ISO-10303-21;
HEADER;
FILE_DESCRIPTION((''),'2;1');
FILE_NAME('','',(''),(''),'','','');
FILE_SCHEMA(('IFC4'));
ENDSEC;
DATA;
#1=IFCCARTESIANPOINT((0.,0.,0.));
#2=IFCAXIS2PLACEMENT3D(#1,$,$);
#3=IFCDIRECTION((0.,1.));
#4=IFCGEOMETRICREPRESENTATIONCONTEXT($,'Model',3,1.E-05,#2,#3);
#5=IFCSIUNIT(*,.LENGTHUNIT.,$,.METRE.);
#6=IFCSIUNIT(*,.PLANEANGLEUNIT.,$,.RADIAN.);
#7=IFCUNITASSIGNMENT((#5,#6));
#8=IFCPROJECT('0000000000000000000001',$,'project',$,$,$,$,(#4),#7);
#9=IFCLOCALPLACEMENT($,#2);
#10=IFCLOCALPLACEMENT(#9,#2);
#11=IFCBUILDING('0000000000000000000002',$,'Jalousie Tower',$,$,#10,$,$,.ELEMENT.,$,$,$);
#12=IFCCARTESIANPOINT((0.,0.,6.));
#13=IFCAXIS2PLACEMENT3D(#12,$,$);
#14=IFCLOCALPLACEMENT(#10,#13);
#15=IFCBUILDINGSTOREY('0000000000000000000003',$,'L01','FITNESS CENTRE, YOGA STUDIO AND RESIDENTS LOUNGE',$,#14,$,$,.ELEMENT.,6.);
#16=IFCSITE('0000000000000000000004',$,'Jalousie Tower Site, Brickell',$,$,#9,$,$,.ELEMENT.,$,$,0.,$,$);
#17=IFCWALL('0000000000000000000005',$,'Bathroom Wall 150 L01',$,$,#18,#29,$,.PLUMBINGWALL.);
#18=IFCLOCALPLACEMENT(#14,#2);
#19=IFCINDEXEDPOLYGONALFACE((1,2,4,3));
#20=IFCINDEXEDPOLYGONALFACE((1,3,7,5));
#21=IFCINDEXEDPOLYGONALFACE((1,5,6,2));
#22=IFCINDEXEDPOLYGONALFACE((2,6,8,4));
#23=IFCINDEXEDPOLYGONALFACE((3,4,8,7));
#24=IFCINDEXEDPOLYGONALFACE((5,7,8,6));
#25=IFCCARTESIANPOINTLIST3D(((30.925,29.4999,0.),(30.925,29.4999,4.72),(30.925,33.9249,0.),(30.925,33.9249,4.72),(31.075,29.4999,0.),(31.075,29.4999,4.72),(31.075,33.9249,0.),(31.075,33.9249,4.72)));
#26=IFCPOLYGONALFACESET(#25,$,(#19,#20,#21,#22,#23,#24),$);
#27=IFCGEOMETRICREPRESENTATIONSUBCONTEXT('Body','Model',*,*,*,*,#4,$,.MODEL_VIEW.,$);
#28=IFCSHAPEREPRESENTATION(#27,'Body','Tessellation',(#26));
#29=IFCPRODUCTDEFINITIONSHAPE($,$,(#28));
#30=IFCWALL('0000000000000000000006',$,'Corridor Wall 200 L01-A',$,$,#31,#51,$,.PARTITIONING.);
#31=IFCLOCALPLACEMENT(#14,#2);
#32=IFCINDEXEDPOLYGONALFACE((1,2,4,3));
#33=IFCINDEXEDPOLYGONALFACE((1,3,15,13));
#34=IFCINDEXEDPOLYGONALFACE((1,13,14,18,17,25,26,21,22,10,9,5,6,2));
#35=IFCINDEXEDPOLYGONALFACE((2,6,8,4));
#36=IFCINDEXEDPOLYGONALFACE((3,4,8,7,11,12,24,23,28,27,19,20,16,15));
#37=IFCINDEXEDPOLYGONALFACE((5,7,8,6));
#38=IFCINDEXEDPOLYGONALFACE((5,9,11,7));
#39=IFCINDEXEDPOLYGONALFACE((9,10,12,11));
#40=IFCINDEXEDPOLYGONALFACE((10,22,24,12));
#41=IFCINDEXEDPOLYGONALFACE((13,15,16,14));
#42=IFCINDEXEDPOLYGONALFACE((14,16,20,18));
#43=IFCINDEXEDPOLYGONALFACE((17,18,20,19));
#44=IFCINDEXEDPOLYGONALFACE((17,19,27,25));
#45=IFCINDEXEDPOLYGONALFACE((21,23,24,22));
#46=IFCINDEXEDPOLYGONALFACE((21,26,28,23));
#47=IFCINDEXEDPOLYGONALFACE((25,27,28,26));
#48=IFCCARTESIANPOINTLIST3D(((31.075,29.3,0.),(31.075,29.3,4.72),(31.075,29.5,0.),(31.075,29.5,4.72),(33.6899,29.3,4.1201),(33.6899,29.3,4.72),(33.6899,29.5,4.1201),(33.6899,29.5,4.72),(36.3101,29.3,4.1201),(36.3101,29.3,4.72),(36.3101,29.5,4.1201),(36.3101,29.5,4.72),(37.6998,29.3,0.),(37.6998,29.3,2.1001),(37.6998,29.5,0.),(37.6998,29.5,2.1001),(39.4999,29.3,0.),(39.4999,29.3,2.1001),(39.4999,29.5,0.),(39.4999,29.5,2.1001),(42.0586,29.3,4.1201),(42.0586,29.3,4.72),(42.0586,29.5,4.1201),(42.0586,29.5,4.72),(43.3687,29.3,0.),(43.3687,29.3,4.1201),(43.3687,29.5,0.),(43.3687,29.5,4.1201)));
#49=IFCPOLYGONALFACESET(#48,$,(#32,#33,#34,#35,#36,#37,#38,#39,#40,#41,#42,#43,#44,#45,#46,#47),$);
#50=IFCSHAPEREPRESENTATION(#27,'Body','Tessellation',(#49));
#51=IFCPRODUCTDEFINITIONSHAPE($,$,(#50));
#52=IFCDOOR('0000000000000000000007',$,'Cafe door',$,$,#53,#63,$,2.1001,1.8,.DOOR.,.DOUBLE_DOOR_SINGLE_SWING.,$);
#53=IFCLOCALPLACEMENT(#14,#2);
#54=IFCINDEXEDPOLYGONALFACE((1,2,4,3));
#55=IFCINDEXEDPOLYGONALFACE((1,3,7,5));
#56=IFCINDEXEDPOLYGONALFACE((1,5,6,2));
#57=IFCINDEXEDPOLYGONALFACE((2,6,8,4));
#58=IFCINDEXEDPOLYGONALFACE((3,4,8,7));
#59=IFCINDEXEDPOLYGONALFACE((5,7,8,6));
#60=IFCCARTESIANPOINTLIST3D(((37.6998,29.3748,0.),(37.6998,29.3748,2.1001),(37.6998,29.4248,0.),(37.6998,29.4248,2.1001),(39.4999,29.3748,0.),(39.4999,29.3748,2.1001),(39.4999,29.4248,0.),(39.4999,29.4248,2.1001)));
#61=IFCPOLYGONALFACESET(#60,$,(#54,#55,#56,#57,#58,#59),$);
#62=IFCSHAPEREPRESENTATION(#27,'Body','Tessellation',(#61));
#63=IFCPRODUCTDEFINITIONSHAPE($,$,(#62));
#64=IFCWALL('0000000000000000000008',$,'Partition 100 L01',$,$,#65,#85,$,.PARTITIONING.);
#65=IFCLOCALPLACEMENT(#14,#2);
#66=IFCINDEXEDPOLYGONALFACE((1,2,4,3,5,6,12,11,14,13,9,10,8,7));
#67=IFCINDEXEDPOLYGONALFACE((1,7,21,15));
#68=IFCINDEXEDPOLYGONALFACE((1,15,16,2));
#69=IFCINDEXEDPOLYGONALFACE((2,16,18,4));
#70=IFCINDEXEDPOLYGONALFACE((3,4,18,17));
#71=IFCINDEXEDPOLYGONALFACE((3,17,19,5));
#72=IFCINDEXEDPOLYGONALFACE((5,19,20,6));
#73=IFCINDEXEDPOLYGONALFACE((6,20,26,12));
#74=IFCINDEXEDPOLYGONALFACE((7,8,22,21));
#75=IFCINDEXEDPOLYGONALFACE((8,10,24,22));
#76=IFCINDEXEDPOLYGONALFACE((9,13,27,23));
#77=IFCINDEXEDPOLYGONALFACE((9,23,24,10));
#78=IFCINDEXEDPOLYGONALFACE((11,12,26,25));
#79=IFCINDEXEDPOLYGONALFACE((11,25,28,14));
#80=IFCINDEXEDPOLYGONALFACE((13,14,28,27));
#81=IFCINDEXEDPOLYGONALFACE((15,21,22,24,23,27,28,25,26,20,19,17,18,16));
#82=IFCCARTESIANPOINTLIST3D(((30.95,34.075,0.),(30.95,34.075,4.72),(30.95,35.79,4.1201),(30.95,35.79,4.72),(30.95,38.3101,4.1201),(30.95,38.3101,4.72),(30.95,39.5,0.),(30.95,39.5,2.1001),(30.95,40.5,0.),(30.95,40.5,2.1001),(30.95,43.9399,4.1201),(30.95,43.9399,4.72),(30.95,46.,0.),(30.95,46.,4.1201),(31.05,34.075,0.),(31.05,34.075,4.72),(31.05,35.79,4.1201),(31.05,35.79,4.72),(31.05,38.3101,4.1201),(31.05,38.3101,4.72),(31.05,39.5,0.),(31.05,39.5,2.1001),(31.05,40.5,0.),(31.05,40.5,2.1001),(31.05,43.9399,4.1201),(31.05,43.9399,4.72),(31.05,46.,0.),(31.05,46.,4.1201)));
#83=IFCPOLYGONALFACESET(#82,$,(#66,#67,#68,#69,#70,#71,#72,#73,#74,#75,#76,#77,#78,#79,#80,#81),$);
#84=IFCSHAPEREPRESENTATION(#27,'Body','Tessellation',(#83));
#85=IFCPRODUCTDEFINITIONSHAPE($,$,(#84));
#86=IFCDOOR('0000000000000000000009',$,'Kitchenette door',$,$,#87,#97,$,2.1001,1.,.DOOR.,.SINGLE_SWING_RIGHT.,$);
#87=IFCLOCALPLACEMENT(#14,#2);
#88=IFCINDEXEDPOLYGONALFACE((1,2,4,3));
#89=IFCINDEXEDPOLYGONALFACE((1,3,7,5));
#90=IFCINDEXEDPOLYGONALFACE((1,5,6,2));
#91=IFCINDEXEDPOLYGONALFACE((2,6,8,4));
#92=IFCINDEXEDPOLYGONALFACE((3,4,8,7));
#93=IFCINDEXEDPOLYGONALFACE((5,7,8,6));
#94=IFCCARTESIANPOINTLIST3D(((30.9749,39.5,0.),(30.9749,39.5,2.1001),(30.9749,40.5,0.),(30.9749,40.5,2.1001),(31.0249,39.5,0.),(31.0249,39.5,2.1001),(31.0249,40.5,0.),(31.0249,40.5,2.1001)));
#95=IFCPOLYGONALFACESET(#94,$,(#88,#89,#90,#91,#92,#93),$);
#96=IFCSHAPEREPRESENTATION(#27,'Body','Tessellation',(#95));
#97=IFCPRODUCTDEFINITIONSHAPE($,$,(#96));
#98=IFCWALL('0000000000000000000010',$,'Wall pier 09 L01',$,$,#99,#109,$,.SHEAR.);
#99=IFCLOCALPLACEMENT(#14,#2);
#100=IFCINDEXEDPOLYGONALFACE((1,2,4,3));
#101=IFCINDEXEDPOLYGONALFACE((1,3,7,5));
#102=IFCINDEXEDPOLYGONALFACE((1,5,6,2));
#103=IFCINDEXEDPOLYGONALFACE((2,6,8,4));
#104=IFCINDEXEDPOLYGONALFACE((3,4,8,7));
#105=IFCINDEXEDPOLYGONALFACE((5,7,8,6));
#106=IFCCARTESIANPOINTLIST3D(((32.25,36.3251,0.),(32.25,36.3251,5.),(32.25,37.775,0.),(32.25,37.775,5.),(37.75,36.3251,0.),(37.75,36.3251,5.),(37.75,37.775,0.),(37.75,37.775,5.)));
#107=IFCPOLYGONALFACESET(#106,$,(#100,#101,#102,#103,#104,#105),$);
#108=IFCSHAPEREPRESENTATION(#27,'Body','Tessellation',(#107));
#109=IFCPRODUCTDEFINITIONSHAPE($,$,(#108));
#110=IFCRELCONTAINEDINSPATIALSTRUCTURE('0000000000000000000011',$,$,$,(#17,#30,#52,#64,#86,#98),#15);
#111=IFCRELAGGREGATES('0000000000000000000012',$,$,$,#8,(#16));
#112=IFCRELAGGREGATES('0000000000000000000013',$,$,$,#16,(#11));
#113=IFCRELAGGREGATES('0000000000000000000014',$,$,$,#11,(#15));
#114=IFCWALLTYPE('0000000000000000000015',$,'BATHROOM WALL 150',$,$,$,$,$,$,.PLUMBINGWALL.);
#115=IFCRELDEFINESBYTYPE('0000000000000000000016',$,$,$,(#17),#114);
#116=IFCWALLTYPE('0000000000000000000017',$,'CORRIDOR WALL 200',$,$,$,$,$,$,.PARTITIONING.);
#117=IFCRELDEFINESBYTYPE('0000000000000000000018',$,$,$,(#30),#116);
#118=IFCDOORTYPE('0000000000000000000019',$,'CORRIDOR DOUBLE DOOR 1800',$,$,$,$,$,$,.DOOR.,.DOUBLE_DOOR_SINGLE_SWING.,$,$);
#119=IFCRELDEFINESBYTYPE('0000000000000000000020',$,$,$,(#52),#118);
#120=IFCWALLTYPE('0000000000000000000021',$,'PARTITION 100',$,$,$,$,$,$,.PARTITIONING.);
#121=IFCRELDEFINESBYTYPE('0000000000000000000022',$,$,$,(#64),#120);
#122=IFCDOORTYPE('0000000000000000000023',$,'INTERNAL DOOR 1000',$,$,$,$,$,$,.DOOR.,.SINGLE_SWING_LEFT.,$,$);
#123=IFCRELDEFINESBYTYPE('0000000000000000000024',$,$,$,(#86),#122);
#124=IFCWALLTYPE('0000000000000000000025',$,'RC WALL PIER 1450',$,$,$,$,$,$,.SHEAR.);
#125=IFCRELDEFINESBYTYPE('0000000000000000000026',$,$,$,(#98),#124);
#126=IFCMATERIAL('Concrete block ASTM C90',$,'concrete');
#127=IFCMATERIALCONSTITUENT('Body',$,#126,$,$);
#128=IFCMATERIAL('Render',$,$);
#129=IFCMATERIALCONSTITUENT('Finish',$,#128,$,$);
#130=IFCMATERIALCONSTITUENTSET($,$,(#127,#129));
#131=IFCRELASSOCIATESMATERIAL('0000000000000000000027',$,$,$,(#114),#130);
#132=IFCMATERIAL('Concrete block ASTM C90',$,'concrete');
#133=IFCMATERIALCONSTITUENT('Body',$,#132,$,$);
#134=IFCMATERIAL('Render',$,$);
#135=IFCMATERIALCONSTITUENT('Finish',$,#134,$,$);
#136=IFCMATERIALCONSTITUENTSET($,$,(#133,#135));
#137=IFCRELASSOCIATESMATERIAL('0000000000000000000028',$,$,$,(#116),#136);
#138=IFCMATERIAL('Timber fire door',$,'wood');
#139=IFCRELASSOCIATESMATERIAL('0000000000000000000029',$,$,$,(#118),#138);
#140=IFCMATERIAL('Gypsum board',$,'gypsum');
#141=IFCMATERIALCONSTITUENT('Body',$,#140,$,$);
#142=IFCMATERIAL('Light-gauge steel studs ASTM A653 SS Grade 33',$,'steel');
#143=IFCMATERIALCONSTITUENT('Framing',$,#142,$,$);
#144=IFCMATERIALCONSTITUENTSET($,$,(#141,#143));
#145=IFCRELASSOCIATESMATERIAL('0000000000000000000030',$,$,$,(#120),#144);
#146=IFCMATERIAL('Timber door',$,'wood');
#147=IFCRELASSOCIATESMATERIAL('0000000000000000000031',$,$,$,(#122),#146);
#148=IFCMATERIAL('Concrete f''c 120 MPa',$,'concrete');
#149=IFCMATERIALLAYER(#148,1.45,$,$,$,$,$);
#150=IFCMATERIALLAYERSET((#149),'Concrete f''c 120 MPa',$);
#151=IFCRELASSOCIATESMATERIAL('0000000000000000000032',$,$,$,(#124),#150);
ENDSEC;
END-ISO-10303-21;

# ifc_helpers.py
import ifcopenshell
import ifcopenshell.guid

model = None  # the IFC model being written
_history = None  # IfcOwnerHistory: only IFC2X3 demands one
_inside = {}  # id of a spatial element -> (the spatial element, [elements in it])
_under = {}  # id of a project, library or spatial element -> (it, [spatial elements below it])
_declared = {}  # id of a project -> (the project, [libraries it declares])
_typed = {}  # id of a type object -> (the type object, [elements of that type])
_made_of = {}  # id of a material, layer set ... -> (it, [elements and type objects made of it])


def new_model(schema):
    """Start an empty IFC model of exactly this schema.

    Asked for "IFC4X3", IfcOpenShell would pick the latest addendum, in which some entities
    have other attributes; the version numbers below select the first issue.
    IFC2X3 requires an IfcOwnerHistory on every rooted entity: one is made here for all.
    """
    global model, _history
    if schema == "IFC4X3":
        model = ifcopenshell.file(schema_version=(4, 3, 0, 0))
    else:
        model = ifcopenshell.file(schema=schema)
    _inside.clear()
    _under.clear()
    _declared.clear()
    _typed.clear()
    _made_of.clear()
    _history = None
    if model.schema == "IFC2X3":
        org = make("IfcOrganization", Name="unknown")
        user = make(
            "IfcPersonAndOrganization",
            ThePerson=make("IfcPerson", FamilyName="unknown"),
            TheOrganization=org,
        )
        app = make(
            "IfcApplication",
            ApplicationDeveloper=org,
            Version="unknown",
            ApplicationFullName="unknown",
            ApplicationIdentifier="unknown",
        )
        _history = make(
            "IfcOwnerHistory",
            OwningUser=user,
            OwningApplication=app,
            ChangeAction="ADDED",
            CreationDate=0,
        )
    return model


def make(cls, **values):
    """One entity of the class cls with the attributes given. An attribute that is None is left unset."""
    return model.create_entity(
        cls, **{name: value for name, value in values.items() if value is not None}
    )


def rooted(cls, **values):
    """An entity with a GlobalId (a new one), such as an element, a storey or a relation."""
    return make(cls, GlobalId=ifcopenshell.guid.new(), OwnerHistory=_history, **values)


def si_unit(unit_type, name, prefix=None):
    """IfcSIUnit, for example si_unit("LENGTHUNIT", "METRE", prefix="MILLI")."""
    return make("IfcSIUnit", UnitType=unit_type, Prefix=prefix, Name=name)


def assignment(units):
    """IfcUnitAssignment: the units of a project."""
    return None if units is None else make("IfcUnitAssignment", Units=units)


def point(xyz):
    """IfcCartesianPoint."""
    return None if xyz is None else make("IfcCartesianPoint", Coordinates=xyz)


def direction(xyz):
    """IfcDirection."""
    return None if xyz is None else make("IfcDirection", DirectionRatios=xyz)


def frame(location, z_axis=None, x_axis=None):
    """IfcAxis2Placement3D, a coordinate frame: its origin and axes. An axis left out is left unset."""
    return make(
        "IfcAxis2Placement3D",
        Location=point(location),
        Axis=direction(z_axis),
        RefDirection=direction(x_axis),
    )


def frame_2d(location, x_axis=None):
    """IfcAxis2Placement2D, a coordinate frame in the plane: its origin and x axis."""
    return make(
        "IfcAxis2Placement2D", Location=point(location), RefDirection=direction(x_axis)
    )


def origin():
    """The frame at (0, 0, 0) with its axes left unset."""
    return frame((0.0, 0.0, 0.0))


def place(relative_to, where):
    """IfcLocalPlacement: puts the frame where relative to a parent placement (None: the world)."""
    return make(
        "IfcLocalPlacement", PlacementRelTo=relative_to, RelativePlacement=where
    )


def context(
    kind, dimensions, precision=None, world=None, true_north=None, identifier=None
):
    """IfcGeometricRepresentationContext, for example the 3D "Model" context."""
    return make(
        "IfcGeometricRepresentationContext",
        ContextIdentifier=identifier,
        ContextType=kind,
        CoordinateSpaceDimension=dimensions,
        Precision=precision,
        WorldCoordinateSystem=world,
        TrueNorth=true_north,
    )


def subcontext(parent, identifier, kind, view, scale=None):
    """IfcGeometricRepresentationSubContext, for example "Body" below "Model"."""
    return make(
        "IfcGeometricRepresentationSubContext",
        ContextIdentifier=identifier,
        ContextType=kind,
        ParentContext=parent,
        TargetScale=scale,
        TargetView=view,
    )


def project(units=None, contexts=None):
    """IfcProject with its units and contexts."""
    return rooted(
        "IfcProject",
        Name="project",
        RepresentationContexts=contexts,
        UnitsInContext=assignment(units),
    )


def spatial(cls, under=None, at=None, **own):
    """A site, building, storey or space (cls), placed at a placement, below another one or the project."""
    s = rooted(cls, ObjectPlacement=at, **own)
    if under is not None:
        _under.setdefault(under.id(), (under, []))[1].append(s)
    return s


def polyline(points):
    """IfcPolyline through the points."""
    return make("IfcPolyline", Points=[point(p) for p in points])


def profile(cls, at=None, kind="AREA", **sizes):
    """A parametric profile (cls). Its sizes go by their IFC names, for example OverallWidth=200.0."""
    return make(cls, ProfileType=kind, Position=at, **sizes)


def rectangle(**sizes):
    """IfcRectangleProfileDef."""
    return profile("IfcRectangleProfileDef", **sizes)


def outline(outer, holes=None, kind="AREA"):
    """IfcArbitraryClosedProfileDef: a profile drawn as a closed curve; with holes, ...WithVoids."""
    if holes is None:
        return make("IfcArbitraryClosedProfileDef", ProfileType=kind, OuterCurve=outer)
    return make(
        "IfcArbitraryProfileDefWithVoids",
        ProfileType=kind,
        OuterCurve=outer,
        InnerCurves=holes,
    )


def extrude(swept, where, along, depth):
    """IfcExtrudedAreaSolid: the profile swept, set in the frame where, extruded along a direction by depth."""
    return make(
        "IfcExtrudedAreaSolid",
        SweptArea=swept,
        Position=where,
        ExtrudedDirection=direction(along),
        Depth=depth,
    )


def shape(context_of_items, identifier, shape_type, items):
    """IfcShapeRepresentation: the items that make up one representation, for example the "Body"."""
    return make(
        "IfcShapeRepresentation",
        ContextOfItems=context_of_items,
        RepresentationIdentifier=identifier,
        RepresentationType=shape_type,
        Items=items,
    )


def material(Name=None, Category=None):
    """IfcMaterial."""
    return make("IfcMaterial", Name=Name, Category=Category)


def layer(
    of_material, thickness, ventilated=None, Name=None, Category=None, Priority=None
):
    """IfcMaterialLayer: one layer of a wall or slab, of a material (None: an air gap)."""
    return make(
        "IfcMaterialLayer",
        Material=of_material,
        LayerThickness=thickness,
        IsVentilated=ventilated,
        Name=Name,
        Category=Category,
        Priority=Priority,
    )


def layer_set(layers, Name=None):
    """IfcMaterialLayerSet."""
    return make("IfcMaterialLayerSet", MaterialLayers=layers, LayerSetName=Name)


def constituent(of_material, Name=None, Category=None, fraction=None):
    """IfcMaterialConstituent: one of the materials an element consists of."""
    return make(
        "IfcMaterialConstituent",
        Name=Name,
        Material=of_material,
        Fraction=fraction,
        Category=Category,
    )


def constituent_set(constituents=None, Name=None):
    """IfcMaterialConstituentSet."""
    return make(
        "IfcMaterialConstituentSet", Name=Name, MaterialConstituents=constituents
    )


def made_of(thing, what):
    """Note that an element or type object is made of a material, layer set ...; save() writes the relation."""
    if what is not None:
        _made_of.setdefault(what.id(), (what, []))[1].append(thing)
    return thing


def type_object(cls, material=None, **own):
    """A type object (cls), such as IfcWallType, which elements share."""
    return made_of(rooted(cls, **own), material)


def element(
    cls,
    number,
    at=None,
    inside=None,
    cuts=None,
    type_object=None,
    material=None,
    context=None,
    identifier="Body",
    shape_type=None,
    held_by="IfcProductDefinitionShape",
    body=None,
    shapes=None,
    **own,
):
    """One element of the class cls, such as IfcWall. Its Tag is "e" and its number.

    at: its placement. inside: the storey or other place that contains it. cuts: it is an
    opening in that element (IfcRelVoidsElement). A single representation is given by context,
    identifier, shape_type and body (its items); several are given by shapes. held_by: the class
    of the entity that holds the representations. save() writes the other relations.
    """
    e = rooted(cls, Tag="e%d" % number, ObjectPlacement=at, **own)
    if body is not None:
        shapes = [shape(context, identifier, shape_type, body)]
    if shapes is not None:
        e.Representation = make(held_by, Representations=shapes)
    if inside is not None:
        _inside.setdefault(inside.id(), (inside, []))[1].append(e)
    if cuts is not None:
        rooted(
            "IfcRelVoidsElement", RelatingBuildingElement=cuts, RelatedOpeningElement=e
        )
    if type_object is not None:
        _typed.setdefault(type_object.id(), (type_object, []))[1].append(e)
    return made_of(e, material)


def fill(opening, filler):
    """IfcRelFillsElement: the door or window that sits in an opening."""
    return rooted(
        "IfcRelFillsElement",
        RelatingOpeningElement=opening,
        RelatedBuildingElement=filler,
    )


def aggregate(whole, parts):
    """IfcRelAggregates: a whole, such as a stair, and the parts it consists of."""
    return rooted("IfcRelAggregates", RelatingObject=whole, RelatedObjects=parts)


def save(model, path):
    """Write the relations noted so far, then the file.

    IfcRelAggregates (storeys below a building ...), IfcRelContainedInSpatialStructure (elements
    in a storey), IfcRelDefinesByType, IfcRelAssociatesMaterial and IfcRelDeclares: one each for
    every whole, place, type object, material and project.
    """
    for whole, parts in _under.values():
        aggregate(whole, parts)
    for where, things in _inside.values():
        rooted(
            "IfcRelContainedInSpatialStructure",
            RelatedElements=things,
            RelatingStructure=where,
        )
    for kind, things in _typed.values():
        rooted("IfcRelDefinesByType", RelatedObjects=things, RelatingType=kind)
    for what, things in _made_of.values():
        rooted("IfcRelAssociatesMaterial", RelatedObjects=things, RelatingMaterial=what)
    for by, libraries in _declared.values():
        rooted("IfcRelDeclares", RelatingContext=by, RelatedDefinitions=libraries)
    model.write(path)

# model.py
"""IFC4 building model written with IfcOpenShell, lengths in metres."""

from ifc_helpers import new_model, si_unit, direction, frame, frame_2d, origin, place, context, subcontext, project, spatial, polyline, rectangle, outline, extrude, material, layer, layer_set, constituent, constituent_set, type_object, element, fill, save


model = new_model("IFC4")

# Units and contexts
model_context = context("Model", 3, precision=1e-05, world=origin(), true_north=direction((0.0, 1.0)))
body_context = subcontext(model_context, "Body", "Model", "MODEL_VIEW")
ifc_project = project(units=[si_unit("LENGTHUNIT", "METRE"), si_unit("PLANEANGLEUNIT", "RADIAN")], contexts=[model_context])

# Site, building, storey
site_placement = place(None, origin())
site = spatial("IfcSite", under=ifc_project, at=site_placement, Name="Jalousie Tower Site, Brickell", CompositionType="ELEMENT", RefElevation=0.0)
building_placement = place(site_placement, origin())
building = spatial("IfcBuilding", under=site, at=building_placement, Name="Jalousie Tower", CompositionType="ELEMENT")
storey_placement = place(building_placement, frame((0.0, 0.0, 6.0)))
storey = spatial("IfcBuildingStorey", under=building, at=storey_placement, Name="L01", Description="FITNESS CENTRE, YOGA STUDIO AND RESIDENTS LOUNGE", CompositionType="ELEMENT", Elevation=6.0)

# Wall
ifc_material_1 = material(Name="Concrete block ASTM C90", Category="concrete")
ifc_constituent_1 = constituent(ifc_material_1, Name="Body")
ifc_material_2 = material(Name="Render")
ifc_constituent_2 = constituent(ifc_material_2, Name="Finish")
ifc_constituent_set_1 = constituent_set(constituents=[ifc_constituent_1, ifc_constituent_2])
wall_type_1 = type_object("IfcWallType", Name="BATHROOM WALL 150", PredefinedType="PLUMBINGWALL", material=ifc_constituent_set_1)
wall_1_placement = place(storey_placement, frame((31.0, 29.5, 0.0), z_axis=(0.0, 0.0, 1.0), x_axis=(0.0, 1.0, 0.0)))
element("IfcWall", 1, at=wall_1_placement, inside=storey, type_object=wall_type_1, Name="Bathroom Wall 150 L01", PredefinedType="PLUMBINGWALL", context=body_context, shape_type="SweptSolid", body=[
    extrude(rectangle(XDim=4.425, YDim=0.1499, at=frame_2d((2.2124, 0.0))), origin(), (0.0, 0.0, 1.0), 4.72),
])

# Walls, openings, doors
ifc_material_3 = material(Name="Concrete block ASTM C90", Category="concrete")
ifc_constituent_3 = constituent(ifc_material_3, Name="Body")
ifc_material_4 = material(Name="Render")
ifc_constituent_4 = constituent(ifc_material_4, Name="Finish")
ifc_constituent_set_2 = constituent_set(constituents=[ifc_constituent_3, ifc_constituent_4])
wall_type_2 = type_object("IfcWallType", Name="CORRIDOR WALL 200", PredefinedType="PARTITIONING", material=ifc_constituent_set_2)
wall_2_placement = place(storey_placement, frame((31.075, 29.3999, 0.0), z_axis=(0.0, 0.0, 1.0), x_axis=(1.0, 0.0, 0.0)))
wall_2 = element("IfcWall", 2, at=wall_2_placement, inside=storey, type_object=wall_type_2, Name="Corridor Wall 200 L01-A", PredefinedType="PARTITIONING", context=body_context, shape_type="SweptSolid", body=[
    extrude(outline(polyline([(0.0, 0.0), (12.2937, 0.0), (12.2937, 4.1201), (10.9836, 4.1201), (10.9836, 4.72), (5.2351, 4.72), (5.2351, 4.1201), (2.615, 4.1201), (2.615, 4.72), (0.0, 4.72), (0.0, 0.0)])), frame((0.0, 0.1001, 0.0), z_axis=(0.0, -1.0, 0.0), x_axis=(1.0, 0.0, 0.0)), (0.0, 0.0, 1.0), 0.2),
])
opening_1_placement = place(wall_2_placement, frame((6.625, 0.0, 0.0)))
opening_1 = element("IfcOpeningElement", 3, at=opening_1_placement, cuts=wall_2, PredefinedType="OPENING", context=body_context, shape_type="SweptSolid", body=[
    extrude(rectangle(XDim=1.8, YDim=2.1001, at=frame_2d((0.8999, 1.05))), frame((0.0, 0.1099, 0.0), z_axis=(0.0, -1.0, 0.0), x_axis=(1.0, 0.0, 0.0)), (0.0, 0.0, 1.0), 0.22),
])
ifc_material_5 = material(Name="Timber fire door", Category="wood")
door_type_1 = type_object("IfcDoorType", Name="CORRIDOR DOUBLE DOOR 1800", OperationType="DOUBLE_DOOR_SINGLE_SWING", PredefinedType="DOOR", material=ifc_material_5)
door_1_placement = place(opening_1_placement, origin())
door_1 = element("IfcDoor", 4, at=door_1_placement, inside=storey, type_object=door_type_1, Name="Cafe door", OperationType="DOUBLE_DOOR_SINGLE_SWING", OverallHeight=2.1001, OverallWidth=1.8, PredefinedType="DOOR", context=body_context, shape_type="SweptSolid", body=[
    extrude(rectangle(XDim=1.8, YDim=2.1001, at=frame_2d((0.8999, 1.05))), frame((0.0, 0.0249, 0.0), z_axis=(0.0, -1.0, 0.0), x_axis=(1.0, 0.0, 0.0)), (0.0, 0.0, 1.0), 0.05),
])
fill(opening_1, door_1)
ifc_material_6 = material(Name="Gypsum board", Category="gypsum")
ifc_constituent_5 = constituent(ifc_material_6, Name="Body")
ifc_material_7 = material(Name="Light-gauge steel studs ASTM A653 SS Grade 33", Category="steel")
ifc_constituent_6 = constituent(ifc_material_7, Name="Framing")
ifc_constituent_set_3 = constituent_set(constituents=[ifc_constituent_5, ifc_constituent_6])
wall_type_3 = type_object("IfcWallType", Name="PARTITION 100", PredefinedType="PARTITIONING", material=ifc_constituent_set_3)
wall_3_placement = place(storey_placement, frame((31.0, 34.075, 0.0), z_axis=(0.0, 0.0, 1.0), x_axis=(0.0, 1.0, 0.0)))
wall_3 = element("IfcWall", 5, at=wall_3_placement, inside=storey, type_object=wall_type_3, Name="Partition 100 L01", PredefinedType="PARTITIONING", context=body_context, shape_type="SweptSolid", body=[
    extrude(outline(polyline([(0.0, 0.0), (11.925, 0.0), (11.925, 4.72), (11.925, 4.1201), (9.865, 4.1201), (9.865, 4.72), (4.2351, 4.72), (4.2351, 4.1201), (1.7151, 4.1201), (1.7151, 4.72), (0.0, 4.72), (0.0, 0.0)])), frame((0.0, 0.05, 0.0), z_axis=(0.0, -1.0, 0.0), x_axis=(1.0, 0.0, 0.0)), (0.0, 0.0, 1.0), 0.1001),
])
opening_2_placement = place(wall_3_placement, frame((5.425, 0.0, 0.0)))
opening_2 = element("IfcOpeningElement", 6, at=opening_2_placement, cuts=wall_3, PredefinedType="OPENING", context=body_context, shape_type="SweptSolid", body=[
    extrude(rectangle(XDim=1.0, YDim=2.1001, at=frame_2d((0.5, 1.05))), frame((0.0, 0.0601, 0.0), z_axis=(0.0, -1.0, 0.0), x_axis=(1.0, 0.0, 0.0)), (0.0, 0.0, 1.0), 0.1201),
])
ifc_material_8 = material(Name="Timber door", Category="wood")
door_type_2 = type_object("IfcDoorType", Name="INTERNAL DOOR 1000", OperationType="SINGLE_SWING_LEFT", PredefinedType="DOOR", material=ifc_material_8)
door_2_placement = place(opening_2_placement, frame((1.0, 0.0, 0.0), z_axis=(0.0, 0.0, 1.0), x_axis=(-1.0, 0.0, 0.0)))
door_2 = element("IfcDoor", 7, at=door_2_placement, inside=storey, type_object=door_type_2, Name="Kitchenette door", OperationType="SINGLE_SWING_RIGHT", OverallHeight=2.1001, OverallWidth=1.0, PredefinedType="DOOR", context=body_context, shape_type="SweptSolid", body=[
    extrude(rectangle(XDim=1.0, YDim=2.1001, at=frame_2d((0.5, 1.05))), frame((0.0, 0.0249, 0.0), z_axis=(0.0, -1.0, 0.0), x_axis=(1.0, 0.0, 0.0)), (0.0, 0.0, 1.0), 0.05),
])
fill(opening_2, door_2)

# Wall
ifc_material_9 = material(Name="Concrete f'c 120 MPa", Category="concrete")
ifc_layer_1 = layer(ifc_material_9, 1.45)
ifc_layer_set_1 = layer_set([ifc_layer_1], Name="Concrete f'c 120 MPa")
wall_type_4 = type_object("IfcWallType", Name="RC WALL PIER 1450", PredefinedType="SHEAR", material=ifc_layer_set_1)
wall_4_placement = place(storey_placement, frame((32.25, 37.05, 0.0), z_axis=(0.0, 0.0, 1.0), x_axis=(1.0, 0.0, 0.0)))
element("IfcWall", 8, at=wall_4_placement, inside=storey, type_object=wall_type_4, Name="Wall pier 09 L01", PredefinedType="SHEAR", context=body_context, shape_type="SweptSolid", body=[
    extrude(rectangle(XDim=5.5, YDim=1.45, at=frame_2d((2.75, 0.0))), origin(), (0.0, 0.0, 1.0), 5.0),
])

save(model, "model.ifc")
